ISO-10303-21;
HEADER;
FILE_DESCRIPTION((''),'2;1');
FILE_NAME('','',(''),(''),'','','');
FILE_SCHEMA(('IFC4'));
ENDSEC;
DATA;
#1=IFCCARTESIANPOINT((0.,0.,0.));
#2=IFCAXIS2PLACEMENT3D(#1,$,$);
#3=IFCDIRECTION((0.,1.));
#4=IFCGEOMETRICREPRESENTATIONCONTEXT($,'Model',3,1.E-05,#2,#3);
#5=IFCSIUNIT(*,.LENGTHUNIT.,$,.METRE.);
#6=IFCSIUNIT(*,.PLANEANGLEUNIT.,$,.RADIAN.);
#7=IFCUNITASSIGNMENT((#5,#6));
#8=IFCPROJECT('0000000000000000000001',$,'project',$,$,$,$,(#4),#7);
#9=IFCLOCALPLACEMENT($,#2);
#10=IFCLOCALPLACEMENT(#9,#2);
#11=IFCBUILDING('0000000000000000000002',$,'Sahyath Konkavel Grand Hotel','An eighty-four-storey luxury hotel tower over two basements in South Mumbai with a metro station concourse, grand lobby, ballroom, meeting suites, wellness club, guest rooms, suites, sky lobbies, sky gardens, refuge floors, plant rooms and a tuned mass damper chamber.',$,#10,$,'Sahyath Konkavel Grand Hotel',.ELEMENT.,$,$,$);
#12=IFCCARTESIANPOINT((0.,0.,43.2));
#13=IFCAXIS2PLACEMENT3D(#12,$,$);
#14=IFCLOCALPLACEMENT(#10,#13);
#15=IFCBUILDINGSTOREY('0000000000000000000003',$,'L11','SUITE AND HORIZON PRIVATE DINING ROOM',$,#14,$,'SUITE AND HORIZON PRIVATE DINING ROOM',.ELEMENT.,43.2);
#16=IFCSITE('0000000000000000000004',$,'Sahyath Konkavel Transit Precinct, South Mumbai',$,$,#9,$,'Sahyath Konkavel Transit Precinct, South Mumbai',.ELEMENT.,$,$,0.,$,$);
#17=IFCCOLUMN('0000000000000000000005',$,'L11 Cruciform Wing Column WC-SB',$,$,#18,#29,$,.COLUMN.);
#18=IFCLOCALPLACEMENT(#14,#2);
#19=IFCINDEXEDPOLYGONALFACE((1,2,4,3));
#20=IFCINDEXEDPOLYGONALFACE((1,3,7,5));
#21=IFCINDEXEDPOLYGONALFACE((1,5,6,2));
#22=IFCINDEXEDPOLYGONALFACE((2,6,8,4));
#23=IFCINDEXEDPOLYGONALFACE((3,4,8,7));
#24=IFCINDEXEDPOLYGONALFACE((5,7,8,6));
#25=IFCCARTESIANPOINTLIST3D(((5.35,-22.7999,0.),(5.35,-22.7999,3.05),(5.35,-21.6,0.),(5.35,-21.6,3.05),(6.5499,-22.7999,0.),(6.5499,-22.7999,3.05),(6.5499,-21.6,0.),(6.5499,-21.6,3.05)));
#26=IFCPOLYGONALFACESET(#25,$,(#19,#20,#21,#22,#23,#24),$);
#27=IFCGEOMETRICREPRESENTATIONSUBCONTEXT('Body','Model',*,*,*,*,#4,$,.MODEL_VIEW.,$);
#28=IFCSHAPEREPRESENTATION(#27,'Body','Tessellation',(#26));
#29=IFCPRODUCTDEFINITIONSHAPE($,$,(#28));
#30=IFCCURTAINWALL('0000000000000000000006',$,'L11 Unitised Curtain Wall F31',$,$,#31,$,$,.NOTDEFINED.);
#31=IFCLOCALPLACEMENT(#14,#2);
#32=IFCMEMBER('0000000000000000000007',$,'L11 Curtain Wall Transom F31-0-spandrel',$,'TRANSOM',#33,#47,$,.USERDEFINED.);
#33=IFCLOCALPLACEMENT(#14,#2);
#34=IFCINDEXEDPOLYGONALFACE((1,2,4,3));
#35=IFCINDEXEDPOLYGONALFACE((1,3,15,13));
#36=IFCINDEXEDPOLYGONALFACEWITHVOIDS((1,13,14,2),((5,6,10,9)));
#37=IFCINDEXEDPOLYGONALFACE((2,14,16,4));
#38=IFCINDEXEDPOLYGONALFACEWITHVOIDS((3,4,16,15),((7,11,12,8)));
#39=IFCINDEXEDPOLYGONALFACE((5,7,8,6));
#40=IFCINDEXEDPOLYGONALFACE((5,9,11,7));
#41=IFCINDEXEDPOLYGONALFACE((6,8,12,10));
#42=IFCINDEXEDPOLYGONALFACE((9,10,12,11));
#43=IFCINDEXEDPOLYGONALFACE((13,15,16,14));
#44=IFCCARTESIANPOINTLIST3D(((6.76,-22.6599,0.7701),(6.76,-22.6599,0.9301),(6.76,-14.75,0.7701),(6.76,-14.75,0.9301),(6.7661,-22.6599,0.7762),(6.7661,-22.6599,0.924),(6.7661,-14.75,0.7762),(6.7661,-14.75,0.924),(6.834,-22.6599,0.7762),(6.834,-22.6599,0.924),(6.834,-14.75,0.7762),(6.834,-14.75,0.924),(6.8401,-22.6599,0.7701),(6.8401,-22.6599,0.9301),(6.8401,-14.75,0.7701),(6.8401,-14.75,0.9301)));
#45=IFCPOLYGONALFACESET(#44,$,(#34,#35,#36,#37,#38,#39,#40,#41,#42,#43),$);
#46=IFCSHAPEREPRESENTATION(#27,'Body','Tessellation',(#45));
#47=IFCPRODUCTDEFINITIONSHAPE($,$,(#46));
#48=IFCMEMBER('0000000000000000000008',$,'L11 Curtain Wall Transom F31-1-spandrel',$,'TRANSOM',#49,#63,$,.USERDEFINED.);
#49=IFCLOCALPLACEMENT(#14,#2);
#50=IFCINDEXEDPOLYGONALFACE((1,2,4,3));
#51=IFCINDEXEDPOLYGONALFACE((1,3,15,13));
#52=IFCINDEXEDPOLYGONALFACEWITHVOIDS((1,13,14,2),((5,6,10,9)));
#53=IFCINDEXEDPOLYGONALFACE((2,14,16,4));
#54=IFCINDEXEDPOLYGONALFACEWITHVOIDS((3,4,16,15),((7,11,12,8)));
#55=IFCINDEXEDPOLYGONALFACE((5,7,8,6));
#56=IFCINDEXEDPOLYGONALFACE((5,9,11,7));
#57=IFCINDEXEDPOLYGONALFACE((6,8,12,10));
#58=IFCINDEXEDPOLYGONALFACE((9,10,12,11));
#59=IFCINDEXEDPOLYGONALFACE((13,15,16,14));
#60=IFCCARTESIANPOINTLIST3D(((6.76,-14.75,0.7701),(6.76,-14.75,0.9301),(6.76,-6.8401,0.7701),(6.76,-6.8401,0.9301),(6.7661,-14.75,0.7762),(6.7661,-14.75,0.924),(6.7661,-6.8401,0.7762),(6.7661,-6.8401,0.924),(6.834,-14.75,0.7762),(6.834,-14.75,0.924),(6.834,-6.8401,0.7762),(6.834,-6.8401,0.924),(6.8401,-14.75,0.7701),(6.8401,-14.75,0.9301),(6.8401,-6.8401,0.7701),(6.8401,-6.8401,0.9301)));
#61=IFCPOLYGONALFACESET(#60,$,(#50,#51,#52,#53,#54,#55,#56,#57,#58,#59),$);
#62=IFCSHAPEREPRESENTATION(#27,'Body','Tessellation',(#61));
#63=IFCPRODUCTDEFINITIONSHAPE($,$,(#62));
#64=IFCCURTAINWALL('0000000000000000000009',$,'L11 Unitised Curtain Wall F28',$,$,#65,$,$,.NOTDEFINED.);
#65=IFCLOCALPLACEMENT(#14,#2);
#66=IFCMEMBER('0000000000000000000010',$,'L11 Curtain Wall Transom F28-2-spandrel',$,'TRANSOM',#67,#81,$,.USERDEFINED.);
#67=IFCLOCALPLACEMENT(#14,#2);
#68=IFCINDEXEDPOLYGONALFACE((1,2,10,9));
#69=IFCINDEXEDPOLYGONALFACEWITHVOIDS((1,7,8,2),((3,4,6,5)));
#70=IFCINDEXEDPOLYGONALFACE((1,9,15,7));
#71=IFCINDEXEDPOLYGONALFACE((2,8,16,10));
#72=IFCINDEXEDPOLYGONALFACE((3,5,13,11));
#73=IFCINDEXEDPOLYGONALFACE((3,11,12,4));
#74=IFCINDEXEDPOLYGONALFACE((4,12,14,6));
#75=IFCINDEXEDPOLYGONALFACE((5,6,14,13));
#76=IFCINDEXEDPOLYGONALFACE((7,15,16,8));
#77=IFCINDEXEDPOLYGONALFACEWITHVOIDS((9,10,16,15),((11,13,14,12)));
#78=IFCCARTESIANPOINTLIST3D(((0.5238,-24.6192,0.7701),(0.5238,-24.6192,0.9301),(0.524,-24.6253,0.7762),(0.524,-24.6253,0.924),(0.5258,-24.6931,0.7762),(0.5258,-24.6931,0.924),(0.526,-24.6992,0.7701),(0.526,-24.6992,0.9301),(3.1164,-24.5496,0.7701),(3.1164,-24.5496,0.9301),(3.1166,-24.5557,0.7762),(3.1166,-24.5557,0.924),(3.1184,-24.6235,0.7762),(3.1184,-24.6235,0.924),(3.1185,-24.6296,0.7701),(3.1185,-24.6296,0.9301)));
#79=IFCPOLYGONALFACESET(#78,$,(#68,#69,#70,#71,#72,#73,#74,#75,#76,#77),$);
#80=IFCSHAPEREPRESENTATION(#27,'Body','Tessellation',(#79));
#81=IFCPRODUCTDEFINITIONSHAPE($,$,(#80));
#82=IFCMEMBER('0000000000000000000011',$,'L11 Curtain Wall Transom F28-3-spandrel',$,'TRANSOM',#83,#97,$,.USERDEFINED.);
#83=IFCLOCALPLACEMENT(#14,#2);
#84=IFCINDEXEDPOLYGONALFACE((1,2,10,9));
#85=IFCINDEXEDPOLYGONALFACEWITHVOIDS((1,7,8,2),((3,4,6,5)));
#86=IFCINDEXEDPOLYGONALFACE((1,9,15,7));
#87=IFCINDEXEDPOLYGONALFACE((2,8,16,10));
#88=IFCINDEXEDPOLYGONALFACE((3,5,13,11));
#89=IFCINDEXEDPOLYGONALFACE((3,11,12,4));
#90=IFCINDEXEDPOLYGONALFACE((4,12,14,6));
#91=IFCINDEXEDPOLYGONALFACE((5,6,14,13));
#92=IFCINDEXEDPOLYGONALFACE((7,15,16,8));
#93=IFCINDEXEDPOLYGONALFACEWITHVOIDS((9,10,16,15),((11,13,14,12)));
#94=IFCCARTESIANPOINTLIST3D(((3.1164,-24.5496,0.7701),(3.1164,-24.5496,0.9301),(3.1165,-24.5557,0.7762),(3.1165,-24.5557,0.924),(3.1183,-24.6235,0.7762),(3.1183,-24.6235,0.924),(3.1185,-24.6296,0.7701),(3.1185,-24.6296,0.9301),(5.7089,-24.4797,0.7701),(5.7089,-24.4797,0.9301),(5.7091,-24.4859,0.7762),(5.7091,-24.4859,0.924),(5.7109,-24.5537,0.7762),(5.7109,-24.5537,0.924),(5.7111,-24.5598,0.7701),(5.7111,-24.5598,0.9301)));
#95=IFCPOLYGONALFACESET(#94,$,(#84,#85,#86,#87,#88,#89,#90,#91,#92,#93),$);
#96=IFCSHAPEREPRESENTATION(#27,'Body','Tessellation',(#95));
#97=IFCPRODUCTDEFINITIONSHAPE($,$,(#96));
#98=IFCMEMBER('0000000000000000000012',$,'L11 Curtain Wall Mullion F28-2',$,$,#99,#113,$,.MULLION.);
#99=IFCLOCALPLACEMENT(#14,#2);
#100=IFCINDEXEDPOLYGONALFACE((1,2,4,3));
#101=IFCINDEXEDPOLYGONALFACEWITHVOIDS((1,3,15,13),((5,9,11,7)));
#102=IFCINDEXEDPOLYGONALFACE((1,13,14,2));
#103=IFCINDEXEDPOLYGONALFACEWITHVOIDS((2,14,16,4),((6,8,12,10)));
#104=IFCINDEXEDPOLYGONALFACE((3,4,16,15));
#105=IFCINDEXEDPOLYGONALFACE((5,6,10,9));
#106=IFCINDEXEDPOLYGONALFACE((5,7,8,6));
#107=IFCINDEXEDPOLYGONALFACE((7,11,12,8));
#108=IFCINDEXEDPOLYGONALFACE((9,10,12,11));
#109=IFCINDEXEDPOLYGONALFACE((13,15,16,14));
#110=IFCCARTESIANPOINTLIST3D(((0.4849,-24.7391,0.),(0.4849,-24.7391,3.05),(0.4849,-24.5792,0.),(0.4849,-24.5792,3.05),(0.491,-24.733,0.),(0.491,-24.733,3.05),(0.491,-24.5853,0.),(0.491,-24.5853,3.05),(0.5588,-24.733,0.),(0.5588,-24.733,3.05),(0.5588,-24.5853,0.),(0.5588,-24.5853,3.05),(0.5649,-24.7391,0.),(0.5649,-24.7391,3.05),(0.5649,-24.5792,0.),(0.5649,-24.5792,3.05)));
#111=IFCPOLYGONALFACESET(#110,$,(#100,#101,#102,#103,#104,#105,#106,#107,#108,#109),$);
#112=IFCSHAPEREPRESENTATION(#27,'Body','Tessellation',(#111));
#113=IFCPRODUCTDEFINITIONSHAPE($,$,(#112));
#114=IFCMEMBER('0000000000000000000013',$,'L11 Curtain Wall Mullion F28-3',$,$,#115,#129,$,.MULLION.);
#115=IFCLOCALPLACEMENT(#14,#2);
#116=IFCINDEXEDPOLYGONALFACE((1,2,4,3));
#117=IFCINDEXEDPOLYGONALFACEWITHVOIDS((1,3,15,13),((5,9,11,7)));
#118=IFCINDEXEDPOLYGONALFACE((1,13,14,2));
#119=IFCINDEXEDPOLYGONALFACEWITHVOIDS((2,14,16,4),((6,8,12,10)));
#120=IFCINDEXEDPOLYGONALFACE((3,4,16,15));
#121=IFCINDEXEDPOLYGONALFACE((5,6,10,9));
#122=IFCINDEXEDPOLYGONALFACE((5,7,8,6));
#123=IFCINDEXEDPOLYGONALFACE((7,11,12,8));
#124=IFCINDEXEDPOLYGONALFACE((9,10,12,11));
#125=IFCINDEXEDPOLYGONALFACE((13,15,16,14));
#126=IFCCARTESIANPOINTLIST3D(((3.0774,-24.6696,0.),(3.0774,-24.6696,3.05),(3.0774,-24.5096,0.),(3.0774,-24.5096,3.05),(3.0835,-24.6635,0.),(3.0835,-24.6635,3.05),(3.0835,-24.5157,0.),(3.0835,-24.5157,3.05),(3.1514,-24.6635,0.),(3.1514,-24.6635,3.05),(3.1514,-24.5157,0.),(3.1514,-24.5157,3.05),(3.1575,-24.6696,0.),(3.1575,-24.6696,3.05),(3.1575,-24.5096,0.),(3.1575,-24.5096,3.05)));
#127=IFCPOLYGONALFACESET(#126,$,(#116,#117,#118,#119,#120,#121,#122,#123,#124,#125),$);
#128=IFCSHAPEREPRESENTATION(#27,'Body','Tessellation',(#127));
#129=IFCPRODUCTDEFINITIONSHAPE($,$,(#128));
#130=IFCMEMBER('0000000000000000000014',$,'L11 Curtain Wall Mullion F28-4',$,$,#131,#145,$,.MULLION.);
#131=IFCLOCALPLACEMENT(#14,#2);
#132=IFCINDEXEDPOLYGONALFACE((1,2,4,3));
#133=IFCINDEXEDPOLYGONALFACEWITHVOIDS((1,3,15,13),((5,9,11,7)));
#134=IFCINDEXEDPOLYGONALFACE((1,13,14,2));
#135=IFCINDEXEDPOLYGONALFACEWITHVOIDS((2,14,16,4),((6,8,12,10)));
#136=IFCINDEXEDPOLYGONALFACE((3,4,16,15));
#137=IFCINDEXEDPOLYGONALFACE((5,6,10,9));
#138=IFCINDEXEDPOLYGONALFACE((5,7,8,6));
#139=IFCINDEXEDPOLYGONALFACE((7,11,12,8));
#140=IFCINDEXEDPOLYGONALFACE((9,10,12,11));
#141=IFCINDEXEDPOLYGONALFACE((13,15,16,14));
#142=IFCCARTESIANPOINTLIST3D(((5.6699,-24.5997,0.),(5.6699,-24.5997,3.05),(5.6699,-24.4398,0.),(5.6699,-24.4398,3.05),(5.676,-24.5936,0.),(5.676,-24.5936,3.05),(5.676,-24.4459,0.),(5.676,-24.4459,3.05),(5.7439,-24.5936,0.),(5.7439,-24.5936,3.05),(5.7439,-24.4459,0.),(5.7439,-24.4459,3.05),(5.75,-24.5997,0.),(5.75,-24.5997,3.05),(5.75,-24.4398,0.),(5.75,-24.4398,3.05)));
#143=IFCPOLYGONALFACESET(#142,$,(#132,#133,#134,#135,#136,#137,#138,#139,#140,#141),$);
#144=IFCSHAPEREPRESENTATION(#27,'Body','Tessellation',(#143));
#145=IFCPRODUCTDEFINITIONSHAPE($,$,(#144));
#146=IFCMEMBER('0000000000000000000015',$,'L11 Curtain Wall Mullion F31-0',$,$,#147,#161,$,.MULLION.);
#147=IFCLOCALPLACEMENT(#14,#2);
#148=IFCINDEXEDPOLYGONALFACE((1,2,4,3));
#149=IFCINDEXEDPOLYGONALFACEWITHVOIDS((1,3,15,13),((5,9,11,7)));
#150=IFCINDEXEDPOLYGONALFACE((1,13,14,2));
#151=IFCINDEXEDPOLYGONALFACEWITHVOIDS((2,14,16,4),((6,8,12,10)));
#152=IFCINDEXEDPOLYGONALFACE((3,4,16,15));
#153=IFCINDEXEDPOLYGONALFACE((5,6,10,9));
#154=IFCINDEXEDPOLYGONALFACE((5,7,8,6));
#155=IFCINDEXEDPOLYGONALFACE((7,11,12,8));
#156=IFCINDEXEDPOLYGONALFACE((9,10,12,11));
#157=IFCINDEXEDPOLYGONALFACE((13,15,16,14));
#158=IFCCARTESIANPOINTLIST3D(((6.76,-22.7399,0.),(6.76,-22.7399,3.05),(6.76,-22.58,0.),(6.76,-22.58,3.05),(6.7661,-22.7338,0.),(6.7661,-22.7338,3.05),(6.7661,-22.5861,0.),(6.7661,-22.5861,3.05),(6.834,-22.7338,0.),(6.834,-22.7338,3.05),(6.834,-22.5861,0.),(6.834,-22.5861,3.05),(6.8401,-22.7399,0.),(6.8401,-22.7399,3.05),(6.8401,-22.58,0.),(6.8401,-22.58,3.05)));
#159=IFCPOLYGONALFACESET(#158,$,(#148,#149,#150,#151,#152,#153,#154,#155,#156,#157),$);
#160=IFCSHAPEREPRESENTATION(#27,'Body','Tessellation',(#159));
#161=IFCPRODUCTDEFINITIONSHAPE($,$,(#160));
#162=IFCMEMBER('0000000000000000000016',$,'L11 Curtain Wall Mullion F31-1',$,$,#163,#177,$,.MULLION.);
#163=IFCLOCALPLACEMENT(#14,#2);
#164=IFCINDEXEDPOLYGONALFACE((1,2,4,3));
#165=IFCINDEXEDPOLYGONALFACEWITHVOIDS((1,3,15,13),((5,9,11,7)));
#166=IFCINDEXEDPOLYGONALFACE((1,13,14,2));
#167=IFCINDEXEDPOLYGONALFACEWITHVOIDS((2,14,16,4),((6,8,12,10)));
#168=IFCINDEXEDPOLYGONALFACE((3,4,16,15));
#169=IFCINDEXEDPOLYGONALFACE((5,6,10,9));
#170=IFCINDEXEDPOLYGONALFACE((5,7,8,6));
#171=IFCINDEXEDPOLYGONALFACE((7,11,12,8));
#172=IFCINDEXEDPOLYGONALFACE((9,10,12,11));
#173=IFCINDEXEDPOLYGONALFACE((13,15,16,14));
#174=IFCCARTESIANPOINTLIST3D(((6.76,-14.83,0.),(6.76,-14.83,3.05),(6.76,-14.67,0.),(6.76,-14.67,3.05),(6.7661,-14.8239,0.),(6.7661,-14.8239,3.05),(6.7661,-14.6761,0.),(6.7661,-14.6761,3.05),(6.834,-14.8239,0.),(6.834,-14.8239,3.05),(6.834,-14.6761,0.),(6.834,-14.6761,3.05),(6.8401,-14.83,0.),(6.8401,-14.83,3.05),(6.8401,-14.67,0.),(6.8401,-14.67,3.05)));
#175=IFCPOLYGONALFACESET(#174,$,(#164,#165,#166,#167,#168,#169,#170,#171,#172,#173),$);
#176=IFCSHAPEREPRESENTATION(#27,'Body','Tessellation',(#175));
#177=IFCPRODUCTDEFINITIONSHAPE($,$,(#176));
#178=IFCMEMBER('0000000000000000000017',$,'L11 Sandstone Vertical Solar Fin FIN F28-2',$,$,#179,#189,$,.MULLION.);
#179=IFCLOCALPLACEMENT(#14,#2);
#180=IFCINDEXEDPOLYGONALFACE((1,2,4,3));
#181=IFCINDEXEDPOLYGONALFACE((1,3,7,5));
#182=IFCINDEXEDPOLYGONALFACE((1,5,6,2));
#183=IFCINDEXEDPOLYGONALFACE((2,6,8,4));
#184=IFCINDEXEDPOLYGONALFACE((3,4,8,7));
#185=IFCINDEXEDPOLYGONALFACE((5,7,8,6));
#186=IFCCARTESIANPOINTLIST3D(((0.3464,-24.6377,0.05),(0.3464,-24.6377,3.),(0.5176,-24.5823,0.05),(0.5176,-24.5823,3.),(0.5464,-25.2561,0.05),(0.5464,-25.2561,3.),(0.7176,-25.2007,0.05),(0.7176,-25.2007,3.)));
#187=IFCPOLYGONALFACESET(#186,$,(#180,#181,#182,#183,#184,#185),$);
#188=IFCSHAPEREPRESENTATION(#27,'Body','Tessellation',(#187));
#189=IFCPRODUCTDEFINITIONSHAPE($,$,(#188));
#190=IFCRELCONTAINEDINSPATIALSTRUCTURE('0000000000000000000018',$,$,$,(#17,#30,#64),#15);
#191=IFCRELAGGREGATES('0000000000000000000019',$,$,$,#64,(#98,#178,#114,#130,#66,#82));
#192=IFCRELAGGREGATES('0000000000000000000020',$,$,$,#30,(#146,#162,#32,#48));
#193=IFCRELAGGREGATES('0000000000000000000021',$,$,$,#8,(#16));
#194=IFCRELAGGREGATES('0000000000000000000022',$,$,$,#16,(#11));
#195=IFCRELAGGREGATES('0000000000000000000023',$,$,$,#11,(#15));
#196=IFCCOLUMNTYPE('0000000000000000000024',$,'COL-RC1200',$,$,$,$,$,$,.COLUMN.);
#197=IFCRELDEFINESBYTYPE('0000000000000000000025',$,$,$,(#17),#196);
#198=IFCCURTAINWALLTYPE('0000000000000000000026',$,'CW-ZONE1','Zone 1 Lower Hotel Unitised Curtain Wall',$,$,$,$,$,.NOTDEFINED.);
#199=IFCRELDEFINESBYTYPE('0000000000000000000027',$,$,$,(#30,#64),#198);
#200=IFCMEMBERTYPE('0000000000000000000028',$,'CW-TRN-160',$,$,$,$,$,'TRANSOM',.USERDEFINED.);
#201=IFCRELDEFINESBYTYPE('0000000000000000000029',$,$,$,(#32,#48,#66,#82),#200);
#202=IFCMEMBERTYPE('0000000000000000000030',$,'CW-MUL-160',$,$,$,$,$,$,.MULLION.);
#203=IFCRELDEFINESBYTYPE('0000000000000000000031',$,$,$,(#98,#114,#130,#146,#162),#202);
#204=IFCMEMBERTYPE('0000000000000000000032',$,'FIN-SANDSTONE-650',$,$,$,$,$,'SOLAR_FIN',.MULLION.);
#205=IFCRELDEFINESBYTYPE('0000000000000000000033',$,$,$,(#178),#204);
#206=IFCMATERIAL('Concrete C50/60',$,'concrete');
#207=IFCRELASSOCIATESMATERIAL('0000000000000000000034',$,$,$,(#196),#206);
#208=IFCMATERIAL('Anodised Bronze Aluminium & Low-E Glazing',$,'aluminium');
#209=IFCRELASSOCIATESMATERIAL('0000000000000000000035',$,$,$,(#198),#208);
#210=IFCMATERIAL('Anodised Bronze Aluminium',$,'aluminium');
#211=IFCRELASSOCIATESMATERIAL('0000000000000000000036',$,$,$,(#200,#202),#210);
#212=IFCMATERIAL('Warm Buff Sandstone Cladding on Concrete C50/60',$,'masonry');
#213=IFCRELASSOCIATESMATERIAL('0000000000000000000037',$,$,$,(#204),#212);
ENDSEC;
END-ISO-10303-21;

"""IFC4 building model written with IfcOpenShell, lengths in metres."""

from ifc_helpers import new_model, si_unit, direction, frame, origin, origin_2d, place, context, subcontext, project, spatial, rectangle, hollow_rectangle, extrude, source, transform, mapped, material, material_profile, profile_set, type_object, element, aggregate, save


model = new_model("IFC4")

# Units and contexts
model_context = context("Model", 3, precision=1e-05, world=origin(), true_north=direction((0.0, 1.0)))
body_context = subcontext(model_context, "Body", "Model", "MODEL_VIEW")
ifc_project = project(units=[si_unit("LENGTHUNIT", "METRE"), si_unit("PLANEANGLEUNIT", "RADIAN")], contexts=[model_context])

# Site, building, storey
site_placement = place(None, origin())
site = spatial("IfcSite", under=ifc_project, at=site_placement, Name="Sahyath Konkavel Transit Precinct, South Mumbai", LongName="Sahyath Konkavel Transit Precinct, South Mumbai", CompositionType="ELEMENT", RefElevation=0.0)
building_placement = place(site_placement, origin())
building = spatial("IfcBuilding", under=site, at=building_placement, Name="Sahyath Konkavel Grand Hotel", Description="An eighty-four-storey luxury hotel tower over two basements in South Mumbai with a metro station concourse, grand lobby, ballroom, meeting suites, wellness club, guest rooms, suites, sky lobbies, sky gardens, refuge floors, plant rooms and a tuned mass damper chamber.", LongName="Sahyath Konkavel Grand Hotel", CompositionType="ELEMENT")
storey_placement = place(building_placement, frame((0.0, 0.0, 43.2)))
storey = spatial("IfcBuildingStorey", under=building, at=storey_placement, Name="L11", Description="SUITE AND HORIZON PRIVATE DINING ROOM", LongName="SUITE AND HORIZON PRIVATE DINING ROOM", CompositionType="ELEMENT", Elevation=43.2)

# Column
ifc_material_1 = material(Name="Concrete C50/60", Category="concrete")
ifc_material_profile_1 = material_profile(ifc_material_1, rectangle(XDim=1.2, YDim=1.2, at=origin_2d()), Name="RC 1200x1200")
ifc_profile_set_1 = profile_set([ifc_material_profile_1], Name="Concrete C50/60")
column_type = type_object("IfcColumnType", Name="COL-RC1200", PredefinedType="COLUMN", material=ifc_profile_set_1)
shared_shape_1 = source(origin(), body_context, "Body", "SweptSolid", [
    extrude(rectangle(XDim=1.2, YDim=1.2, at=origin_2d()), origin(), (0.0, 0.0, 1.0), 3.05),
])
column_placement = place(storey_placement, frame((5.95, -22.2, 0.0), z_axis=(0.0, 0.0, 1.0), x_axis=(1.0, 0.0, 0.0)))
element("IfcColumn", 1, at=column_placement, inside=storey, type_object=column_type, Name="L11 Cruciform Wing Column WC-SB", PredefinedType="COLUMN", context=body_context, shape_type="MappedRepresentation", body=[
    mapped(shared_shape_1, transform((0.0, 0.0, 0.0), scale=1.0)),
])

# Curtain walls, members
ifc_material_2 = material(Name="Anodised Bronze Aluminium & Low-E Glazing", Category="aluminium")
curtain_wall_type = type_object("IfcCurtainWallType", Name="CW-ZONE1", Description="Zone 1 Lower Hotel Unitised Curtain Wall", PredefinedType="NOTDEFINED", material=ifc_material_2)
curtain_wall_1_placement = place(storey_placement, origin())
curtain_wall_1 = element("IfcCurtainWall", 2, at=curtain_wall_1_placement, inside=storey, type_object=curtain_wall_type, Name="L11 Unitised Curtain Wall F31", PredefinedType="NOTDEFINED")
ifc_material_3 = material(Name="Anodised Bronze Aluminium", Category="aluminium")
ifc_material_profile_2 = material_profile(ifc_material_3, hollow_rectangle(XDim=0.0801, YDim=0.1599, WallThickness=0.0061, at=origin_2d()), Name="RHS 160x80x6")
ifc_profile_set_2 = profile_set([ifc_material_profile_2], Name="Anodised Bronze Aluminium")
member_type_1 = type_object("IfcMemberType", Name="CW-TRN-160", ElementType="TRANSOM", PredefinedType="USERDEFINED", material=ifc_profile_set_2)
shared_shape_2 = source(origin(), body_context, "Body", "SweptSolid", [
    extrude(hollow_rectangle(XDim=0.0801, YDim=0.1599, WallThickness=0.0061, at=origin_2d()), origin(), (0.0, 0.0, 1.0), 7.9099),
])
member_1_placement = place(storey_placement, frame((6.8, -22.6599, 0.8501), z_axis=(0.0, 1.0, 0.0), x_axis=(-1.0, 0.0, 0.0)))
member_1 = element("IfcMember", 3, at=member_1_placement, type_object=member_type_1, Name="L11 Curtain Wall Transom F31-0-spandrel", ObjectType="TRANSOM", PredefinedType="USERDEFINED", context=body_context, shape_type="MappedRepresentation", body=[
    mapped(shared_shape_2, transform((0.0, 0.0, 0.0), scale=1.0)),
])
member_2_placement = place(storey_placement, frame((6.8, -14.75, 0.8501), z_axis=(0.0, 1.0, 0.0), x_axis=(-1.0, 0.0, 0.0)))
member_2 = element("IfcMember", 4, at=member_2_placement, type_object=member_type_1, Name="L11 Curtain Wall Transom F31-1-spandrel", ObjectType="TRANSOM", PredefinedType="USERDEFINED", context=body_context, shape_type="MappedRepresentation", body=[
    mapped(shared_shape_2, transform((0.0, 0.0, 0.0), scale=1.0)),
])
curtain_wall_2_placement = place(storey_placement, origin())
curtain_wall_2 = element("IfcCurtainWall", 5, at=curtain_wall_2_placement, inside=storey, type_object=curtain_wall_type, Name="L11 Unitised Curtain Wall F28", PredefinedType="NOTDEFINED")
shared_shape_3 = source(origin(), body_context, "Body", "SweptSolid", [
    extrude(hollow_rectangle(XDim=0.0801, YDim=0.1599, WallThickness=0.0061, at=origin_2d()), origin(), (0.0, 0.0, 1.0), 2.5935),
])
member_3_placement = place(storey_placement, frame((0.5249, -24.6592, 0.8501), z_axis=(0.99964, 0.026829, 0.0), x_axis=(-0.026829, 0.99964, 0.0)))
member_3 = element("IfcMember", 6, at=member_3_placement, type_object=member_type_1, Name="L11 Curtain Wall Transom F28-2-spandrel", ObjectType="TRANSOM", PredefinedType="USERDEFINED", context=body_context, shape_type="MappedRepresentation", body=[
    mapped(shared_shape_3, transform((0.0, 0.0, 0.0), scale=1.0)),
])
member_4_placement = place(storey_placement, frame((3.1174, -24.5896, 0.8501), z_axis=(0.999638, 0.026923, 0.0), x_axis=(-0.026923, 0.999638, 0.0)))
member_4 = element("IfcMember", 7, at=member_4_placement, type_object=member_type_1, Name="L11 Curtain Wall Transom F28-3-spandrel", ObjectType="TRANSOM", PredefinedType="USERDEFINED", context=body_context, shape_type="MappedRepresentation", body=[
    mapped(shared_shape_3, transform((0.0, 0.0, 0.0), scale=1.0)),
])
ifc_material_profile_3 = material_profile(ifc_material_3, hollow_rectangle(XDim=0.0801, YDim=0.1599, WallThickness=0.0061, at=origin_2d()), Name="RHS 160x80x6")
ifc_profile_set_3 = profile_set([ifc_material_profile_3], Name="Anodised Bronze Aluminium")
member_type_2 = type_object("IfcMemberType", Name="CW-MUL-160", PredefinedType="MULLION", material=ifc_profile_set_3)
shared_shape_4 = source(origin(), body_context, "Body", "SweptSolid", [
    extrude(hollow_rectangle(XDim=0.0801, YDim=0.1599, WallThickness=0.0061, at=origin_2d()), origin(), (0.0, 0.0, 1.0), 3.05),
])
member_5_placement = place(storey_placement, frame((0.5249, -24.6592, 0.0), z_axis=(0.0, 0.0, 1.0), x_axis=(1.0, 0.0, 0.0)))
member_5 = element("IfcMember", 8, at=member_5_placement, type_object=member_type_2, Name="L11 Curtain Wall Mullion F28-2", PredefinedType="MULLION", context=body_context, shape_type="MappedRepresentation", body=[
    mapped(shared_shape_4, transform((0.0, 0.0, 0.0), scale=1.0)),
])
member_6_placement = place(storey_placement, frame((3.1174, -24.5896, 0.0), z_axis=(0.0, 0.0, 1.0), x_axis=(1.0, 0.0, 0.0)))
member_6 = element("IfcMember", 9, at=member_6_placement, type_object=member_type_2, Name="L11 Curtain Wall Mullion F28-3", PredefinedType="MULLION", context=body_context, shape_type="MappedRepresentation", body=[
    mapped(shared_shape_4, transform((0.0, 0.0, 0.0), scale=1.0)),
])
member_7_placement = place(storey_placement, frame((5.71, -24.5198, 0.0), z_axis=(0.0, 0.0, 1.0), x_axis=(1.0, 0.0, 0.0)))
member_7 = element("IfcMember", 10, at=member_7_placement, type_object=member_type_2, Name="L11 Curtain Wall Mullion F28-4", PredefinedType="MULLION", context=body_context, shape_type="MappedRepresentation", body=[
    mapped(shared_shape_4, transform((0.0, 0.0, 0.0), scale=1.0)),
])

# Members
member_8_placement = place(storey_placement, frame((6.8, -22.6599, 0.0), z_axis=(0.0, 0.0, 1.0), x_axis=(1.0, 0.0, 0.0)))
member_8 = element("IfcMember", 11, at=member_8_placement, type_object=member_type_2, Name="L11 Curtain Wall Mullion F31-0", PredefinedType="MULLION", context=body_context, shape_type="MappedRepresentation", body=[
    mapped(shared_shape_4, transform((0.0, 0.0, 0.0), scale=1.0)),
])
member_9_placement = place(storey_placement, frame((6.8, -14.75, 0.0), z_axis=(0.0, 0.0, 1.0), x_axis=(1.0, 0.0, 0.0)))
member_9 = element("IfcMember", 12, at=member_9_placement, type_object=member_type_2, Name="L11 Curtain Wall Mullion F31-1", PredefinedType="MULLION", context=body_context, shape_type="MappedRepresentation", body=[
    mapped(shared_shape_4, transform((0.0, 0.0, 0.0), scale=1.0)),
])
ifc_material_4 = material(Name="Warm Buff Sandstone Cladding on Concrete C50/60", Category="masonry")
ifc_material_profile_4 = material_profile(ifc_material_4, rectangle(XDim=0.1799, YDim=0.6499, at=origin_2d()), Name="FIN 180x650")
ifc_profile_set_4 = profile_set([ifc_material_profile_4], Name="Warm Buff Sandstone Cladding on Concrete C50/60")
member_type_3 = type_object("IfcMemberType", Name="FIN-SANDSTONE-650", ElementType="SOLAR_FIN", PredefinedType="MULLION", material=ifc_profile_set_4)
shared_shape_5 = source(origin(), body_context, "Body", "SweptSolid", [
    extrude(rectangle(XDim=0.1799, YDim=0.6499, at=origin_2d()), origin(), (0.0, 0.0, 1.0), 2.95),
])
member_10_placement = place(storey_placement, frame((0.532, -24.9192, 0.05), z_axis=(0.0, 0.0, 1.0), x_axis=(0.951487, 0.307689, 0.0)))
member_10 = element("IfcMember", 13, at=member_10_placement, type_object=member_type_3, Name="L11 Sandstone Vertical Solar Fin FIN F28-2", PredefinedType="MULLION", context=body_context, shape_type="MappedRepresentation", body=[
    mapped(shared_shape_5, transform((0.0, 0.0, 0.0), scale=1.0)),
])

aggregate(curtain_wall_2, [member_5, member_10, member_6, member_7, member_3, member_4])
aggregate(curtain_wall_1, [member_8, member_9, member_1, member_2])

save(model, "model.ifc")
